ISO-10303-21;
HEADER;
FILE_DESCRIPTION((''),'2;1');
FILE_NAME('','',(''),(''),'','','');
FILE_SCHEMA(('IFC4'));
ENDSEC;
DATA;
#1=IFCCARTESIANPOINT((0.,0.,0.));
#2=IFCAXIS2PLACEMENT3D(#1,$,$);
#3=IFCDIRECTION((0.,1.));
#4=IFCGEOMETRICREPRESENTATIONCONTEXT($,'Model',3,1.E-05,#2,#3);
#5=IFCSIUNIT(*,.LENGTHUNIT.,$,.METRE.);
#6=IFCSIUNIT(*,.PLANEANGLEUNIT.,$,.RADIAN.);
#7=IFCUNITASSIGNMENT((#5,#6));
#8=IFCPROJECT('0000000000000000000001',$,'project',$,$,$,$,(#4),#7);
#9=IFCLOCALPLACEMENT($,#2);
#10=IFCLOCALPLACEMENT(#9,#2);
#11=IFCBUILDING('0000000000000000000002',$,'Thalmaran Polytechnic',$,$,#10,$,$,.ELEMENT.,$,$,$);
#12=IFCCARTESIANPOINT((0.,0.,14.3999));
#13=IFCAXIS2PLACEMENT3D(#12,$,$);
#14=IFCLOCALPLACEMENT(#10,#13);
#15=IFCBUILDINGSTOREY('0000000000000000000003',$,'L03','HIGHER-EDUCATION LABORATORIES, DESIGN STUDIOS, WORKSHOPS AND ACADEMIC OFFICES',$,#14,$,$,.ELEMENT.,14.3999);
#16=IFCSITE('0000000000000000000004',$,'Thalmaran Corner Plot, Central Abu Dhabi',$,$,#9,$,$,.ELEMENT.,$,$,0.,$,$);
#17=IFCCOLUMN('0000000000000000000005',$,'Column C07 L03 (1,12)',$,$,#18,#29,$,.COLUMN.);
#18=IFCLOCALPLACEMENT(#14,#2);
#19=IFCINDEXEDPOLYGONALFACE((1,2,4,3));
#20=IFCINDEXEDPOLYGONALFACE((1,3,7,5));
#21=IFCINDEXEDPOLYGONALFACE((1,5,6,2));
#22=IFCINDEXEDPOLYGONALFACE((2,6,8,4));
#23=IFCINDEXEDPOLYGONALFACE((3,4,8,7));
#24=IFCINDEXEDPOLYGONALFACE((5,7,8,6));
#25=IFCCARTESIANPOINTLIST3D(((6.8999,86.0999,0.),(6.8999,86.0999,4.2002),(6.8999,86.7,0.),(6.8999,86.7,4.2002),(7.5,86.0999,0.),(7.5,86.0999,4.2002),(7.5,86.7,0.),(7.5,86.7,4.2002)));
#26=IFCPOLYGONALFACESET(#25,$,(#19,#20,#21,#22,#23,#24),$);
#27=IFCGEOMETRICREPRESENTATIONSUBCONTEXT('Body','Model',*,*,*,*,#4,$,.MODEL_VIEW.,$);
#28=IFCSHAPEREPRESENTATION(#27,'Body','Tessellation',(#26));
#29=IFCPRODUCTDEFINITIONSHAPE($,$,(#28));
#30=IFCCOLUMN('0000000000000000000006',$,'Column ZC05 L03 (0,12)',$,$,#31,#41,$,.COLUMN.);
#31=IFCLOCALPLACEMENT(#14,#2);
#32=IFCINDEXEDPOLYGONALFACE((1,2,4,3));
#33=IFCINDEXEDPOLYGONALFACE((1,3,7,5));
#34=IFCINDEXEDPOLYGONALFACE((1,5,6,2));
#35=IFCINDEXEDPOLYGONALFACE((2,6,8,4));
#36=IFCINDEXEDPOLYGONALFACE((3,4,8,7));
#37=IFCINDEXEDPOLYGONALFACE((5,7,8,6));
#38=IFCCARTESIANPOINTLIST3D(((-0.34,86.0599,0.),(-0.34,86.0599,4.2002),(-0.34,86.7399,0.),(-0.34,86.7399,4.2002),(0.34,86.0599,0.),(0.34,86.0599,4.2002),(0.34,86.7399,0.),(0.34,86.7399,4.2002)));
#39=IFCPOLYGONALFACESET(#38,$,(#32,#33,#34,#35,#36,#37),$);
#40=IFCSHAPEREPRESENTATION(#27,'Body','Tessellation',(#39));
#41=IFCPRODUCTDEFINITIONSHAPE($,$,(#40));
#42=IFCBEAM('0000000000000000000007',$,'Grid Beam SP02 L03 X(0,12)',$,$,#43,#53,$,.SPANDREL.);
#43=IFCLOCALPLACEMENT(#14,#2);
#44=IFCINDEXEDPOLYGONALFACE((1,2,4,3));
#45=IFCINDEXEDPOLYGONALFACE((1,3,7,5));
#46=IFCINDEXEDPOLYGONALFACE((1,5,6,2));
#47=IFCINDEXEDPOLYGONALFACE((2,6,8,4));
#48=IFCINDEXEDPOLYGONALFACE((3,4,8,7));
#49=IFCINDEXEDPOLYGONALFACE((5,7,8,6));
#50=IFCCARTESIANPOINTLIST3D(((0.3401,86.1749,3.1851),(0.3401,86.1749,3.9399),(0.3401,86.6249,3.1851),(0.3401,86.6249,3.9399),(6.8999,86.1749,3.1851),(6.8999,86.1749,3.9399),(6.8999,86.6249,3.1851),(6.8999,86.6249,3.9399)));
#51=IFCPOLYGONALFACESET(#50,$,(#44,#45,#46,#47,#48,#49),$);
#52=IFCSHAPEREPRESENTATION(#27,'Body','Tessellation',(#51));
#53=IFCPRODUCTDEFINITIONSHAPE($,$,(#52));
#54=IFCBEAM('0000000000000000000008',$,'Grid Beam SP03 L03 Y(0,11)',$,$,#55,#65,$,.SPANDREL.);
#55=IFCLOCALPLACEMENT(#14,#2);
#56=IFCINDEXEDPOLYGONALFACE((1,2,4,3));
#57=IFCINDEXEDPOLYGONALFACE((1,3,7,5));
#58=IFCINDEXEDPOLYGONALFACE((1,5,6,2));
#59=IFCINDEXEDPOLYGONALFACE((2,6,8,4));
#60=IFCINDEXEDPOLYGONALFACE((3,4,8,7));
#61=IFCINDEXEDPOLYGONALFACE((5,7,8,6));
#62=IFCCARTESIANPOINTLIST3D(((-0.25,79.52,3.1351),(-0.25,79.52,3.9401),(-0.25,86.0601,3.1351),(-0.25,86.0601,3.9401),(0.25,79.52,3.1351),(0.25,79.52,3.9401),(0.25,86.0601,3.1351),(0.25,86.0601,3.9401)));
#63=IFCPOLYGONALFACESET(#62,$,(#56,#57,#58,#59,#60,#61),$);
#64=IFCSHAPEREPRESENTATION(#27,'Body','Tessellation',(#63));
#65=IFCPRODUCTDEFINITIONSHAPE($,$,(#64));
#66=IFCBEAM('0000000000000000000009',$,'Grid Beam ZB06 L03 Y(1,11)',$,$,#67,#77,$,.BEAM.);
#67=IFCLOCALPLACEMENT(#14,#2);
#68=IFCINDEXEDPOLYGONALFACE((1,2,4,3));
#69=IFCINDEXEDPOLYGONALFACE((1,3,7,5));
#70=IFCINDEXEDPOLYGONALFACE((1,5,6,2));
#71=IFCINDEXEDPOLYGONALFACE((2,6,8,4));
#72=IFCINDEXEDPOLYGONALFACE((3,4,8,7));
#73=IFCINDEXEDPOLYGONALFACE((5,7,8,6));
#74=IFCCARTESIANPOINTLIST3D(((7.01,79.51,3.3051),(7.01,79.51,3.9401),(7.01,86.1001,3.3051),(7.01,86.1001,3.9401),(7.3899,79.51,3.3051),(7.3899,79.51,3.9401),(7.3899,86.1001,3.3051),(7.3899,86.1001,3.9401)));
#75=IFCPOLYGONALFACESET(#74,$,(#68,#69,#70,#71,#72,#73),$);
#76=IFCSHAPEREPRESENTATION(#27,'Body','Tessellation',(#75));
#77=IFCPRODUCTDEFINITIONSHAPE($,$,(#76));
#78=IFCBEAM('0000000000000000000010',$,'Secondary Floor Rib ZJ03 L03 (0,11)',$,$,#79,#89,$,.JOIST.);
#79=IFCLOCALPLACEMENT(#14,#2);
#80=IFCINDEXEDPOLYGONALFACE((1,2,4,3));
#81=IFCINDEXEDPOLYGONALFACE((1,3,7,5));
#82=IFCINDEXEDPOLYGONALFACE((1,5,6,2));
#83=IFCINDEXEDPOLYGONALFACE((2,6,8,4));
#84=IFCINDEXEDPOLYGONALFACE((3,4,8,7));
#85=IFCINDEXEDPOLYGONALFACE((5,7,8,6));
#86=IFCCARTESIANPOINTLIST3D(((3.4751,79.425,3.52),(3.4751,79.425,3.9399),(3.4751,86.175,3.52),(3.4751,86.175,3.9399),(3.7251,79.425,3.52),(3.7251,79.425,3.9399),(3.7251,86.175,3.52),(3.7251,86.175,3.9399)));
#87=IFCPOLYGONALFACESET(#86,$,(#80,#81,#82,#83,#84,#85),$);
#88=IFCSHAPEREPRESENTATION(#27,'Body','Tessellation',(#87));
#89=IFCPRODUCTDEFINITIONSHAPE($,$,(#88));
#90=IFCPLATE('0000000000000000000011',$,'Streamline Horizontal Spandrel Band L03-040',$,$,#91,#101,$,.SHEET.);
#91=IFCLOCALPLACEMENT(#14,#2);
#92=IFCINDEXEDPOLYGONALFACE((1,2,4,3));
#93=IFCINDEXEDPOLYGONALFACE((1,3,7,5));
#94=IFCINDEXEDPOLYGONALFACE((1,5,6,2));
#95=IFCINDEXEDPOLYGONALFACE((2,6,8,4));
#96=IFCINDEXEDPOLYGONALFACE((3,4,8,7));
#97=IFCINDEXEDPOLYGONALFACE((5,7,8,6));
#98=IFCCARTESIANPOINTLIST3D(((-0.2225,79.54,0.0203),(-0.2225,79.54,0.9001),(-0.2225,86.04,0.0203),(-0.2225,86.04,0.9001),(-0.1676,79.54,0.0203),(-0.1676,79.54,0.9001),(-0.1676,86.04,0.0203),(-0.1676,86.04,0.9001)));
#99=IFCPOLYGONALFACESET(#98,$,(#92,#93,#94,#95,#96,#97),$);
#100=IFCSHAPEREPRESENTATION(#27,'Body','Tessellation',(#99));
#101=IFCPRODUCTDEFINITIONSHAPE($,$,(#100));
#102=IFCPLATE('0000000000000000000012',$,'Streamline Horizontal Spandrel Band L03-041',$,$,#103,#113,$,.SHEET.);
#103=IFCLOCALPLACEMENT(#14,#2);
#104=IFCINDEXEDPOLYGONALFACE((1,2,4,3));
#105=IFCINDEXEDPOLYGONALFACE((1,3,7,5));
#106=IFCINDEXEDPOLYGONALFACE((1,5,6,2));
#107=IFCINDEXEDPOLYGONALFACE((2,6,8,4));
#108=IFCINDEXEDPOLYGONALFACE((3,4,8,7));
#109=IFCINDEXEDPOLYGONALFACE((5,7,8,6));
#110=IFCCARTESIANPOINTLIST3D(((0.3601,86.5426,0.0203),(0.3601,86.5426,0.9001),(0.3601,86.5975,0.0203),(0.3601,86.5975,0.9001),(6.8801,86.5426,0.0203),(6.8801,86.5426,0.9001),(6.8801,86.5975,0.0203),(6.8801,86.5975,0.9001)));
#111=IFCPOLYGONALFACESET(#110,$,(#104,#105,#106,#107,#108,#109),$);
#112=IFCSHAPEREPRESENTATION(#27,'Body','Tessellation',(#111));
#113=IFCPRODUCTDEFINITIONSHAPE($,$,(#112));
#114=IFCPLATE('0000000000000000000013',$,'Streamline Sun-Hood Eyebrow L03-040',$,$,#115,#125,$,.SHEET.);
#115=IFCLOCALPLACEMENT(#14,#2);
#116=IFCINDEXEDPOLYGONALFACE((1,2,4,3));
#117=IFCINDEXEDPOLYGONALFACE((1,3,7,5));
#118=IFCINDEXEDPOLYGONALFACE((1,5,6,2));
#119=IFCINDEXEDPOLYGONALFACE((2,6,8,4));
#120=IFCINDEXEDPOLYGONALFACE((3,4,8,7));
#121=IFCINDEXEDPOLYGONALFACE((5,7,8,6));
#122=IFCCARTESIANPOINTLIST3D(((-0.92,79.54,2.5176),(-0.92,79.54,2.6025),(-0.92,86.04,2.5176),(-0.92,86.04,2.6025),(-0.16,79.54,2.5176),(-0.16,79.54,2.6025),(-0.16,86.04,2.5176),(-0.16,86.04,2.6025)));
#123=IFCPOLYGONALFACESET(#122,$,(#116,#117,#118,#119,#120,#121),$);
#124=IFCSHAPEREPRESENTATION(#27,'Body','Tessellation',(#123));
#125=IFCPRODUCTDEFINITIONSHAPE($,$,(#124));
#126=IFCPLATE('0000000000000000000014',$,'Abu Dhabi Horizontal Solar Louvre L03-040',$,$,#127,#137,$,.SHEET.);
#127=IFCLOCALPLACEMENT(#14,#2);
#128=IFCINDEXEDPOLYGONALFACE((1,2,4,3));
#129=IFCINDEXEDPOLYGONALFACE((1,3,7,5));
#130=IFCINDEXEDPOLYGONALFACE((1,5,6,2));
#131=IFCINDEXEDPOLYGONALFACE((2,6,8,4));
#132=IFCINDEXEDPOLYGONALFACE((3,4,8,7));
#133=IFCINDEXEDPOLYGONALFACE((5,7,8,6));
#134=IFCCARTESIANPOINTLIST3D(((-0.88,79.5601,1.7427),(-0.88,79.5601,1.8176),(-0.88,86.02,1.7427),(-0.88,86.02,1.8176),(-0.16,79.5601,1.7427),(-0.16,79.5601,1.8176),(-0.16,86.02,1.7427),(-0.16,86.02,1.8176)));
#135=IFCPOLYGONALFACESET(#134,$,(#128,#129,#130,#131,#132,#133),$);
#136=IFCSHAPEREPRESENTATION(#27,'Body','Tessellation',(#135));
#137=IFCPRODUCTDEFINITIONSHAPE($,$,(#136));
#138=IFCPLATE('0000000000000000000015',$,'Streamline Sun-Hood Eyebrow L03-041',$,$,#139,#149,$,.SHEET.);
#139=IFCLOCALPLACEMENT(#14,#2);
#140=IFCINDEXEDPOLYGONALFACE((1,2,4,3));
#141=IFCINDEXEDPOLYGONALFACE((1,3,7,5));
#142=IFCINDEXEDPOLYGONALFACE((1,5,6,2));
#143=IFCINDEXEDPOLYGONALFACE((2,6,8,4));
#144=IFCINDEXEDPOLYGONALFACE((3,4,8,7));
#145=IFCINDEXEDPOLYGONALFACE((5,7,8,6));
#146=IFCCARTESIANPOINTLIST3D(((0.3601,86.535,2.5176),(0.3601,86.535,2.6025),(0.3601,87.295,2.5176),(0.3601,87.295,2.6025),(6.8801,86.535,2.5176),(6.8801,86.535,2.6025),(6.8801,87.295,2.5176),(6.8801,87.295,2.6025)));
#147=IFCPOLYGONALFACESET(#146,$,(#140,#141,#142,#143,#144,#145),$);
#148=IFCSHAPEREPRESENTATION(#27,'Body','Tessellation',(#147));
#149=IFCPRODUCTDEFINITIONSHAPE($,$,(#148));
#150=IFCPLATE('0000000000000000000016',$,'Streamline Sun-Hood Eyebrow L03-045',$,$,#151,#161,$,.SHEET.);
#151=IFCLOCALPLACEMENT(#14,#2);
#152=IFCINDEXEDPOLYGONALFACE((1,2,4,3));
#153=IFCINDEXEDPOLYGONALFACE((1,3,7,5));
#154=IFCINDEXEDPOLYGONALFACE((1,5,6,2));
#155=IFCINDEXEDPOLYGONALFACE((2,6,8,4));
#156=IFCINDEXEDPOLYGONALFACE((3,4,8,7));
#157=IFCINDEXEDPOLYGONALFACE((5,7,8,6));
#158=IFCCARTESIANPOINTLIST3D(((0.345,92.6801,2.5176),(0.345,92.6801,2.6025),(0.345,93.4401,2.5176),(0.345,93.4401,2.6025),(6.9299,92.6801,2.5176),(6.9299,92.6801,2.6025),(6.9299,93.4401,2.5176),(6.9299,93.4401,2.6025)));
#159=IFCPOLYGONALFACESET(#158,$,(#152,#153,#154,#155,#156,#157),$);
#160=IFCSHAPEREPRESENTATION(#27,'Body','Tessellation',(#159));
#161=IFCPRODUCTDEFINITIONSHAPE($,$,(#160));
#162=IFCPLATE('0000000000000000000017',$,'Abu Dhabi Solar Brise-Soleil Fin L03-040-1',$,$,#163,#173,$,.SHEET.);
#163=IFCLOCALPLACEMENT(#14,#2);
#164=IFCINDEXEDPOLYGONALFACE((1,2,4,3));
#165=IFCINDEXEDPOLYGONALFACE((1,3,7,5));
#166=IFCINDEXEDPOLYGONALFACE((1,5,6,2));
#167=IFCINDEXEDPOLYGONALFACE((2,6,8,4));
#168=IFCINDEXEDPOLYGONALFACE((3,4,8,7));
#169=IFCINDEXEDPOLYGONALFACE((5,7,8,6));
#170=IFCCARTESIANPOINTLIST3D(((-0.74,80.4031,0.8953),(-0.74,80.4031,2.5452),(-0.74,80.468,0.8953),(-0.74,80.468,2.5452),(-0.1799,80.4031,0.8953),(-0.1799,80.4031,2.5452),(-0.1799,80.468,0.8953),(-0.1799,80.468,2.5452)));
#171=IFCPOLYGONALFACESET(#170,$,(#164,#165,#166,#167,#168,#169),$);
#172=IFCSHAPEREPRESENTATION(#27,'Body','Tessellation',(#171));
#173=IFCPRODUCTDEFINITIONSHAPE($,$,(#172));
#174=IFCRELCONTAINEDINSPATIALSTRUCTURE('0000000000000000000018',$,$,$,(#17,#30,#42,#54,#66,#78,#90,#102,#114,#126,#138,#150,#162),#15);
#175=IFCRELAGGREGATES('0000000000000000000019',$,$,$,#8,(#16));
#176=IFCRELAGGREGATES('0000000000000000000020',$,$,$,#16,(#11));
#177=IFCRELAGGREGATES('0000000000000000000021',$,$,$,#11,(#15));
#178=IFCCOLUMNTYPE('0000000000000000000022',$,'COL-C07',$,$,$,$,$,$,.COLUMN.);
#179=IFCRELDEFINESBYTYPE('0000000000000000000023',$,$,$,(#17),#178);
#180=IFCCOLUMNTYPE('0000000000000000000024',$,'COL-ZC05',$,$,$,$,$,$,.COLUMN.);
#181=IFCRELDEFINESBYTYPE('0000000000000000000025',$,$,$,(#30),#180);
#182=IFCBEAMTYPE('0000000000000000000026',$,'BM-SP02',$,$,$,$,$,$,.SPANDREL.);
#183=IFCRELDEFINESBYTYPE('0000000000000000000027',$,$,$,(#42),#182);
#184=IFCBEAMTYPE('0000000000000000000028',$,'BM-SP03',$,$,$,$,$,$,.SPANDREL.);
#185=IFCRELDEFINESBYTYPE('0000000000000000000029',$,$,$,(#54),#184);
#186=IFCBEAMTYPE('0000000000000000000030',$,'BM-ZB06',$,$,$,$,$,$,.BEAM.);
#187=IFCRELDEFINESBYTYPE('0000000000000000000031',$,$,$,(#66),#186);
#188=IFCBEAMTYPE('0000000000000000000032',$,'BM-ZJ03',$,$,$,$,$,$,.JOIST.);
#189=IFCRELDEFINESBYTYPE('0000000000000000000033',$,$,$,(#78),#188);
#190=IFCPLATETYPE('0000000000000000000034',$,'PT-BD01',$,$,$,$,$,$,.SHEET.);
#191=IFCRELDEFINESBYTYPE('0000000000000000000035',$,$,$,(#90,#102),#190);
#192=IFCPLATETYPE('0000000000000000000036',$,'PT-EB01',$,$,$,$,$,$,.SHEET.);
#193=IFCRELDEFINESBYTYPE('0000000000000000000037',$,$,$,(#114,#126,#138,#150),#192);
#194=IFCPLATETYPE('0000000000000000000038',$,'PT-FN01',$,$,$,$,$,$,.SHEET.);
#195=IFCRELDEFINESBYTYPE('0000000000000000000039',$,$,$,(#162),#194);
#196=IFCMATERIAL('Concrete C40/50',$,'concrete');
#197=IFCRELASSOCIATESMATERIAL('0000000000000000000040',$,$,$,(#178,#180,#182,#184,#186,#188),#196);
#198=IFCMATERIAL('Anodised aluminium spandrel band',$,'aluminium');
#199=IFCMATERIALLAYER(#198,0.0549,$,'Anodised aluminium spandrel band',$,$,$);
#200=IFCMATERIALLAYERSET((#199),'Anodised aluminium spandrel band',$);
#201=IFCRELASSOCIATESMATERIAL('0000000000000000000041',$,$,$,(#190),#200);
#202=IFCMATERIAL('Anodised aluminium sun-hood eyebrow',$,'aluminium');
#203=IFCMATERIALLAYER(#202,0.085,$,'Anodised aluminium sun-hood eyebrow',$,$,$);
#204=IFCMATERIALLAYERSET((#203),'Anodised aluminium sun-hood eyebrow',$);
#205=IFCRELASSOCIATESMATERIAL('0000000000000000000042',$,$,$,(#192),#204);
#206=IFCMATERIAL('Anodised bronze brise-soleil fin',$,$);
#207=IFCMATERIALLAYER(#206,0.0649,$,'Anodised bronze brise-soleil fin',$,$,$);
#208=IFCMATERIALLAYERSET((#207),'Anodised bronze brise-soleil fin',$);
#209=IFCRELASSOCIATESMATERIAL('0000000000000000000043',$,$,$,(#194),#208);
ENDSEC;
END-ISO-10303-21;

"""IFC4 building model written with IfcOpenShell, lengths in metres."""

from ifc_helpers import new_model, si_unit, direction, frame, origin, origin_2d, place, context, subcontext, project, spatial, rectangle, extrude, material, layer, layer_set, material_profile, profile_set, type_object, element, save


model = new_model("IFC4")

# Units and contexts
model_context = context("Model", 3, precision=1e-05, world=origin(), true_north=direction((0.0, 1.0)))
body_context = subcontext(model_context, "Body", "Model", "MODEL_VIEW")
ifc_project = project(units=[si_unit("LENGTHUNIT", "METRE"), si_unit("PLANEANGLEUNIT", "RADIAN")], contexts=[model_context])

# Site, building, storey
site_placement = place(None, origin())
site = spatial("IfcSite", under=ifc_project, at=site_placement, Name="Thalmaran Corner Plot, Central Abu Dhabi", CompositionType="ELEMENT", RefElevation=0.0)
building_placement = place(site_placement, origin())
building = spatial("IfcBuilding", under=site, at=building_placement, Name="Thalmaran Polytechnic", CompositionType="ELEMENT")
storey_placement = place(building_placement, frame((0.0, 0.0, 14.3999)))
storey = spatial("IfcBuildingStorey", under=building, at=storey_placement, Name="L03", Description="HIGHER-EDUCATION LABORATORIES, DESIGN STUDIOS, WORKSHOPS AND ACADEMIC OFFICES", CompositionType="ELEMENT", Elevation=14.3999)

# Columns
ifc_material_1 = material(Name="Concrete C40/50", Category="concrete")
ifc_material_profile_1 = material_profile(ifc_material_1, rectangle(XDim=0.6001, YDim=0.6001, at=origin_2d()), Name="RC 600x600")
ifc_profile_set_1 = profile_set([ifc_material_profile_1], Name="Concrete C40/50")
column_type_1 = type_object("IfcColumnType", Name="COL-C07", PredefinedType="COLUMN", material=ifc_profile_set_1)
column_1_placement = place(storey_placement, frame((7.2, 86.3999, 0.0), z_axis=(0.0, 0.0, 1.0), x_axis=(1.0, 0.0, 0.0)))
element("IfcColumn", 1, at=column_1_placement, inside=storey, type_object=column_type_1, Name="Column C07 L03 (1,12)", PredefinedType="COLUMN", context=body_context, shape_type="SweptSolid", body=[
    extrude(rectangle(XDim=0.6001, YDim=0.6001, at=origin_2d()), origin(), (0.0, 0.0, 1.0), 4.2002),
])
ifc_material_profile_2 = material_profile(ifc_material_1, rectangle(XDim=0.6799, YDim=0.6799, at=origin_2d()), Name="RC 680x680")
ifc_profile_set_2 = profile_set([ifc_material_profile_2], Name="Concrete C40/50")
column_type_2 = type_object("IfcColumnType", Name="COL-ZC05", PredefinedType="COLUMN", material=ifc_profile_set_2)
column_2_placement = place(storey_placement, frame((0.0, 86.3999, 0.0), z_axis=(0.0, 0.0, 1.0), x_axis=(1.0, 0.0, 0.0)))
element("IfcColumn", 2, at=column_2_placement, inside=storey, type_object=column_type_2, Name="Column ZC05 L03 (0,12)", PredefinedType="COLUMN", context=body_context, shape_type="SweptSolid", body=[
    extrude(rectangle(XDim=0.6799, YDim=0.6799, at=origin_2d()), origin(), (0.0, 0.0, 1.0), 4.2002),
])

# Beams
ifc_material_profile_3 = material_profile(ifc_material_1, rectangle(XDim=0.45, YDim=0.7549, at=origin_2d()), Name="RC 450x755")
ifc_profile_set_3 = profile_set([ifc_material_profile_3], Name="Concrete C40/50")
beam_type_1 = type_object("IfcBeamType", Name="BM-SP02", PredefinedType="SPANDREL", material=ifc_profile_set_3)
beam_1_placement = place(storey_placement, frame((0.3401, 86.3999, 3.5625), z_axis=(1.0, 0.0, 0.0), x_axis=(0.0, 1.0, 0.0)))
element("IfcBeam", 3, at=beam_1_placement, inside=storey, type_object=beam_type_1, Name="Grid Beam SP02 L03 X(0,12)", PredefinedType="SPANDREL", context=body_context, shape_type="SweptSolid", body=[
    extrude(rectangle(XDim=0.45, YDim=0.7549, at=origin_2d()), origin(), (0.0, 0.0, 1.0), 6.5598),
])
ifc_material_profile_4 = material_profile(ifc_material_1, rectangle(XDim=0.5, YDim=0.8049, at=origin_2d()), Name="RC 500x805")
ifc_profile_set_4 = profile_set([ifc_material_profile_4], Name="Concrete C40/50")
beam_type_2 = type_object("IfcBeamType", Name="BM-SP03", PredefinedType="SPANDREL", material=ifc_profile_set_4)
beam_2_placement = place(storey_placement, frame((0.0, 79.52, 3.5376), z_axis=(0.0, 1.0, 0.0), x_axis=(-1.0, 0.0, 0.0)))
element("IfcBeam", 4, at=beam_2_placement, inside=storey, type_object=beam_type_2, Name="Grid Beam SP03 L03 Y(0,11)", PredefinedType="SPANDREL", context=body_context, shape_type="SweptSolid", body=[
    extrude(rectangle(XDim=0.5, YDim=0.8049, at=origin_2d()), origin(), (0.0, 0.0, 1.0), 6.54),
])
ifc_material_profile_5 = material_profile(ifc_material_1, rectangle(XDim=0.3799, YDim=0.635, at=origin_2d()), Name="RC 380x635")
ifc_profile_set_5 = profile_set([ifc_material_profile_5], Name="Concrete C40/50")
beam_type_3 = type_object("IfcBeamType", Name="BM-ZB06", PredefinedType="BEAM", material=ifc_profile_set_5)
beam_3_placement = place(storey_placement, frame((7.2, 79.51, 3.6226), z_axis=(0.0, 1.0, 0.0), x_axis=(-1.0, 0.0, 0.0)))
element("IfcBeam", 5, at=beam_3_placement, inside=storey, type_object=beam_type_3, Name="Grid Beam ZB06 L03 Y(1,11)", PredefinedType="BEAM", context=body_context, shape_type="SweptSolid", body=[
    extrude(rectangle(XDim=0.3799, YDim=0.635, at=origin_2d()), origin(), (0.0, 0.0, 1.0), 6.5901),
])
ifc_material_profile_6 = material_profile(ifc_material_1, rectangle(XDim=0.25, YDim=0.4199, at=origin_2d()), Name="RC 250x420")
ifc_profile_set_6 = profile_set([ifc_material_profile_6], Name="Concrete C40/50")
beam_type_4 = type_object("IfcBeamType", Name="BM-ZJ03", PredefinedType="JOIST", material=ifc_profile_set_6)
beam_4_placement = place(storey_placement, frame((3.6001, 79.425, 3.73), z_axis=(0.0, 1.0, 0.0), x_axis=(-1.0, 0.0, 0.0)))
element("IfcBeam", 6, at=beam_4_placement, inside=storey, type_object=beam_type_4, Name="Secondary Floor Rib ZJ03 L03 (0,11)", PredefinedType="JOIST", context=body_context, shape_type="SweptSolid", body=[
    extrude(rectangle(XDim=0.25, YDim=0.4199, at=origin_2d()), origin(), (0.0, 0.0, 1.0), 6.75),
])

# Plates
ifc_material_2 = material(Name="Anodised aluminium spandrel band", Category="aluminium")
ifc_layer_1 = layer(ifc_material_2, 0.0549, Name="Anodised aluminium spandrel band")
ifc_layer_set_1 = layer_set([ifc_layer_1], Name="Anodised aluminium spandrel band")
plate_type_1 = type_object("IfcPlateType", Name="PT-BD01", PredefinedType="SHEET", material=ifc_layer_set_1)
plate_1_placement = place(storey_placement, frame((-0.1951, 82.79, 0.0203), z_axis=(0.0, 0.0, 1.0), x_axis=(0.0, 1.0, 0.0)))
element("IfcPlate", 7, at=plate_1_placement, inside=storey, type_object=plate_type_1, Name="Streamline Horizontal Spandrel Band L03-040", PredefinedType="SHEET", context=body_context, shape_type="SweptSolid", body=[
    extrude(rectangle(XDim=6.5, YDim=0.0549, at=origin_2d()), origin(), (0.0, 0.0, 1.0), 0.8799),
])
plate_2_placement = place(storey_placement, frame((3.6201, 86.5701, 0.0203), z_axis=(0.0, 0.0, 1.0), x_axis=(1.0, 0.0, 0.0)))
element("IfcPlate", 8, at=plate_2_placement, inside=storey, type_object=plate_type_1, Name="Streamline Horizontal Spandrel Band L03-041", PredefinedType="SHEET", context=body_context, shape_type="SweptSolid", body=[
    extrude(rectangle(XDim=6.52, YDim=0.0549, at=origin_2d()), origin(), (0.0, 0.0, 1.0), 0.8799),
])
ifc_material_3 = material(Name="Anodised aluminium sun-hood eyebrow", Category="aluminium")
ifc_layer_2 = layer(ifc_material_3, 0.085, Name="Anodised aluminium sun-hood eyebrow")
ifc_layer_set_2 = layer_set([ifc_layer_2], Name="Anodised aluminium sun-hood eyebrow")
plate_type_2 = type_object("IfcPlateType", Name="PT-EB01", PredefinedType="SHEET", material=ifc_layer_set_2)
plate_3_placement = place(storey_placement, frame((-0.54, 82.79, 2.5176), z_axis=(0.0, 0.0, 1.0), x_axis=(0.0, 1.0, 0.0)))
element("IfcPlate", 9, at=plate_3_placement, inside=storey, type_object=plate_type_2, Name="Streamline Sun-Hood Eyebrow L03-040", PredefinedType="SHEET", context=body_context, shape_type="SweptSolid", body=[
    extrude(rectangle(XDim=6.5, YDim=0.76, at=origin_2d()), origin(), (0.0, 0.0, 1.0), 0.085),
])
plate_4_placement = place(storey_placement, frame((-0.52, 82.79, 1.7427), z_axis=(0.0, 0.0, 1.0), x_axis=(0.0, 1.0, 0.0)))
element("IfcPlate", 10, at=plate_4_placement, inside=storey, type_object=plate_type_2, Name="Abu Dhabi Horizontal Solar Louvre L03-040", PredefinedType="SHEET", context=body_context, shape_type="SweptSolid", body=[
    extrude(rectangle(XDim=6.46, YDim=0.72, at=origin_2d()), origin(), (0.0, 0.0, 1.0), 0.075),
])
plate_5_placement = place(storey_placement, frame((3.6201, 86.915, 2.5176), z_axis=(0.0, 0.0, 1.0), x_axis=(1.0, 0.0, 0.0)))
element("IfcPlate", 11, at=plate_5_placement, inside=storey, type_object=plate_type_2, Name="Streamline Sun-Hood Eyebrow L03-041", PredefinedType="SHEET", context=body_context, shape_type="SweptSolid", body=[
    extrude(rectangle(XDim=6.52, YDim=0.76, at=origin_2d()), origin(), (0.0, 0.0, 1.0), 0.085),
])
plate_6_placement = place(storey_placement, frame((3.6375, 93.0601, 2.5176), z_axis=(0.0, 0.0, 1.0), x_axis=(-1.0, 0.0, 0.0)))
element("IfcPlate", 12, at=plate_6_placement, inside=storey, type_object=plate_type_2, Name="Streamline Sun-Hood Eyebrow L03-045", PredefinedType="SHEET", context=body_context, shape_type="SweptSolid", body=[
    extrude(rectangle(XDim=6.585, YDim=0.76, at=origin_2d()), origin(), (0.0, 0.0, 1.0), 0.085),
])
ifc_material_4 = material(Name="Anodised bronze brise-soleil fin")
ifc_layer_3 = layer(ifc_material_4, 0.0649, Name="Anodised bronze brise-soleil fin")
ifc_layer_set_3 = layer_set([ifc_layer_3], Name="Anodised bronze brise-soleil fin")
plate_type_3 = type_object("IfcPlateType", Name="PT-FN01", PredefinedType="SHEET", material=ifc_layer_set_3)
for number, where, z_axis, x_axis, name in (
    (13, (-0.46, 80.4355, 0.8953), (0.0, 0.0, 1.0), (0.0, 1.0, 0.0), "Abu Dhabi Solar Brise-Soleil Fin L03-040-1"),
):
    element("IfcPlate", number, at=place(storey_placement, frame(where, z_axis=z_axis, x_axis=x_axis)), inside=storey, type_object=plate_type_3, Name=name, PredefinedType="SHEET", context=body_context, shape_type="SweptSolid", body=[
        extrude(rectangle(XDim=0.0649, YDim=0.5601, at=origin_2d()), origin(), (0.0, 0.0, 1.0), 1.6499),
    ])

save(model, "model.ifc")
